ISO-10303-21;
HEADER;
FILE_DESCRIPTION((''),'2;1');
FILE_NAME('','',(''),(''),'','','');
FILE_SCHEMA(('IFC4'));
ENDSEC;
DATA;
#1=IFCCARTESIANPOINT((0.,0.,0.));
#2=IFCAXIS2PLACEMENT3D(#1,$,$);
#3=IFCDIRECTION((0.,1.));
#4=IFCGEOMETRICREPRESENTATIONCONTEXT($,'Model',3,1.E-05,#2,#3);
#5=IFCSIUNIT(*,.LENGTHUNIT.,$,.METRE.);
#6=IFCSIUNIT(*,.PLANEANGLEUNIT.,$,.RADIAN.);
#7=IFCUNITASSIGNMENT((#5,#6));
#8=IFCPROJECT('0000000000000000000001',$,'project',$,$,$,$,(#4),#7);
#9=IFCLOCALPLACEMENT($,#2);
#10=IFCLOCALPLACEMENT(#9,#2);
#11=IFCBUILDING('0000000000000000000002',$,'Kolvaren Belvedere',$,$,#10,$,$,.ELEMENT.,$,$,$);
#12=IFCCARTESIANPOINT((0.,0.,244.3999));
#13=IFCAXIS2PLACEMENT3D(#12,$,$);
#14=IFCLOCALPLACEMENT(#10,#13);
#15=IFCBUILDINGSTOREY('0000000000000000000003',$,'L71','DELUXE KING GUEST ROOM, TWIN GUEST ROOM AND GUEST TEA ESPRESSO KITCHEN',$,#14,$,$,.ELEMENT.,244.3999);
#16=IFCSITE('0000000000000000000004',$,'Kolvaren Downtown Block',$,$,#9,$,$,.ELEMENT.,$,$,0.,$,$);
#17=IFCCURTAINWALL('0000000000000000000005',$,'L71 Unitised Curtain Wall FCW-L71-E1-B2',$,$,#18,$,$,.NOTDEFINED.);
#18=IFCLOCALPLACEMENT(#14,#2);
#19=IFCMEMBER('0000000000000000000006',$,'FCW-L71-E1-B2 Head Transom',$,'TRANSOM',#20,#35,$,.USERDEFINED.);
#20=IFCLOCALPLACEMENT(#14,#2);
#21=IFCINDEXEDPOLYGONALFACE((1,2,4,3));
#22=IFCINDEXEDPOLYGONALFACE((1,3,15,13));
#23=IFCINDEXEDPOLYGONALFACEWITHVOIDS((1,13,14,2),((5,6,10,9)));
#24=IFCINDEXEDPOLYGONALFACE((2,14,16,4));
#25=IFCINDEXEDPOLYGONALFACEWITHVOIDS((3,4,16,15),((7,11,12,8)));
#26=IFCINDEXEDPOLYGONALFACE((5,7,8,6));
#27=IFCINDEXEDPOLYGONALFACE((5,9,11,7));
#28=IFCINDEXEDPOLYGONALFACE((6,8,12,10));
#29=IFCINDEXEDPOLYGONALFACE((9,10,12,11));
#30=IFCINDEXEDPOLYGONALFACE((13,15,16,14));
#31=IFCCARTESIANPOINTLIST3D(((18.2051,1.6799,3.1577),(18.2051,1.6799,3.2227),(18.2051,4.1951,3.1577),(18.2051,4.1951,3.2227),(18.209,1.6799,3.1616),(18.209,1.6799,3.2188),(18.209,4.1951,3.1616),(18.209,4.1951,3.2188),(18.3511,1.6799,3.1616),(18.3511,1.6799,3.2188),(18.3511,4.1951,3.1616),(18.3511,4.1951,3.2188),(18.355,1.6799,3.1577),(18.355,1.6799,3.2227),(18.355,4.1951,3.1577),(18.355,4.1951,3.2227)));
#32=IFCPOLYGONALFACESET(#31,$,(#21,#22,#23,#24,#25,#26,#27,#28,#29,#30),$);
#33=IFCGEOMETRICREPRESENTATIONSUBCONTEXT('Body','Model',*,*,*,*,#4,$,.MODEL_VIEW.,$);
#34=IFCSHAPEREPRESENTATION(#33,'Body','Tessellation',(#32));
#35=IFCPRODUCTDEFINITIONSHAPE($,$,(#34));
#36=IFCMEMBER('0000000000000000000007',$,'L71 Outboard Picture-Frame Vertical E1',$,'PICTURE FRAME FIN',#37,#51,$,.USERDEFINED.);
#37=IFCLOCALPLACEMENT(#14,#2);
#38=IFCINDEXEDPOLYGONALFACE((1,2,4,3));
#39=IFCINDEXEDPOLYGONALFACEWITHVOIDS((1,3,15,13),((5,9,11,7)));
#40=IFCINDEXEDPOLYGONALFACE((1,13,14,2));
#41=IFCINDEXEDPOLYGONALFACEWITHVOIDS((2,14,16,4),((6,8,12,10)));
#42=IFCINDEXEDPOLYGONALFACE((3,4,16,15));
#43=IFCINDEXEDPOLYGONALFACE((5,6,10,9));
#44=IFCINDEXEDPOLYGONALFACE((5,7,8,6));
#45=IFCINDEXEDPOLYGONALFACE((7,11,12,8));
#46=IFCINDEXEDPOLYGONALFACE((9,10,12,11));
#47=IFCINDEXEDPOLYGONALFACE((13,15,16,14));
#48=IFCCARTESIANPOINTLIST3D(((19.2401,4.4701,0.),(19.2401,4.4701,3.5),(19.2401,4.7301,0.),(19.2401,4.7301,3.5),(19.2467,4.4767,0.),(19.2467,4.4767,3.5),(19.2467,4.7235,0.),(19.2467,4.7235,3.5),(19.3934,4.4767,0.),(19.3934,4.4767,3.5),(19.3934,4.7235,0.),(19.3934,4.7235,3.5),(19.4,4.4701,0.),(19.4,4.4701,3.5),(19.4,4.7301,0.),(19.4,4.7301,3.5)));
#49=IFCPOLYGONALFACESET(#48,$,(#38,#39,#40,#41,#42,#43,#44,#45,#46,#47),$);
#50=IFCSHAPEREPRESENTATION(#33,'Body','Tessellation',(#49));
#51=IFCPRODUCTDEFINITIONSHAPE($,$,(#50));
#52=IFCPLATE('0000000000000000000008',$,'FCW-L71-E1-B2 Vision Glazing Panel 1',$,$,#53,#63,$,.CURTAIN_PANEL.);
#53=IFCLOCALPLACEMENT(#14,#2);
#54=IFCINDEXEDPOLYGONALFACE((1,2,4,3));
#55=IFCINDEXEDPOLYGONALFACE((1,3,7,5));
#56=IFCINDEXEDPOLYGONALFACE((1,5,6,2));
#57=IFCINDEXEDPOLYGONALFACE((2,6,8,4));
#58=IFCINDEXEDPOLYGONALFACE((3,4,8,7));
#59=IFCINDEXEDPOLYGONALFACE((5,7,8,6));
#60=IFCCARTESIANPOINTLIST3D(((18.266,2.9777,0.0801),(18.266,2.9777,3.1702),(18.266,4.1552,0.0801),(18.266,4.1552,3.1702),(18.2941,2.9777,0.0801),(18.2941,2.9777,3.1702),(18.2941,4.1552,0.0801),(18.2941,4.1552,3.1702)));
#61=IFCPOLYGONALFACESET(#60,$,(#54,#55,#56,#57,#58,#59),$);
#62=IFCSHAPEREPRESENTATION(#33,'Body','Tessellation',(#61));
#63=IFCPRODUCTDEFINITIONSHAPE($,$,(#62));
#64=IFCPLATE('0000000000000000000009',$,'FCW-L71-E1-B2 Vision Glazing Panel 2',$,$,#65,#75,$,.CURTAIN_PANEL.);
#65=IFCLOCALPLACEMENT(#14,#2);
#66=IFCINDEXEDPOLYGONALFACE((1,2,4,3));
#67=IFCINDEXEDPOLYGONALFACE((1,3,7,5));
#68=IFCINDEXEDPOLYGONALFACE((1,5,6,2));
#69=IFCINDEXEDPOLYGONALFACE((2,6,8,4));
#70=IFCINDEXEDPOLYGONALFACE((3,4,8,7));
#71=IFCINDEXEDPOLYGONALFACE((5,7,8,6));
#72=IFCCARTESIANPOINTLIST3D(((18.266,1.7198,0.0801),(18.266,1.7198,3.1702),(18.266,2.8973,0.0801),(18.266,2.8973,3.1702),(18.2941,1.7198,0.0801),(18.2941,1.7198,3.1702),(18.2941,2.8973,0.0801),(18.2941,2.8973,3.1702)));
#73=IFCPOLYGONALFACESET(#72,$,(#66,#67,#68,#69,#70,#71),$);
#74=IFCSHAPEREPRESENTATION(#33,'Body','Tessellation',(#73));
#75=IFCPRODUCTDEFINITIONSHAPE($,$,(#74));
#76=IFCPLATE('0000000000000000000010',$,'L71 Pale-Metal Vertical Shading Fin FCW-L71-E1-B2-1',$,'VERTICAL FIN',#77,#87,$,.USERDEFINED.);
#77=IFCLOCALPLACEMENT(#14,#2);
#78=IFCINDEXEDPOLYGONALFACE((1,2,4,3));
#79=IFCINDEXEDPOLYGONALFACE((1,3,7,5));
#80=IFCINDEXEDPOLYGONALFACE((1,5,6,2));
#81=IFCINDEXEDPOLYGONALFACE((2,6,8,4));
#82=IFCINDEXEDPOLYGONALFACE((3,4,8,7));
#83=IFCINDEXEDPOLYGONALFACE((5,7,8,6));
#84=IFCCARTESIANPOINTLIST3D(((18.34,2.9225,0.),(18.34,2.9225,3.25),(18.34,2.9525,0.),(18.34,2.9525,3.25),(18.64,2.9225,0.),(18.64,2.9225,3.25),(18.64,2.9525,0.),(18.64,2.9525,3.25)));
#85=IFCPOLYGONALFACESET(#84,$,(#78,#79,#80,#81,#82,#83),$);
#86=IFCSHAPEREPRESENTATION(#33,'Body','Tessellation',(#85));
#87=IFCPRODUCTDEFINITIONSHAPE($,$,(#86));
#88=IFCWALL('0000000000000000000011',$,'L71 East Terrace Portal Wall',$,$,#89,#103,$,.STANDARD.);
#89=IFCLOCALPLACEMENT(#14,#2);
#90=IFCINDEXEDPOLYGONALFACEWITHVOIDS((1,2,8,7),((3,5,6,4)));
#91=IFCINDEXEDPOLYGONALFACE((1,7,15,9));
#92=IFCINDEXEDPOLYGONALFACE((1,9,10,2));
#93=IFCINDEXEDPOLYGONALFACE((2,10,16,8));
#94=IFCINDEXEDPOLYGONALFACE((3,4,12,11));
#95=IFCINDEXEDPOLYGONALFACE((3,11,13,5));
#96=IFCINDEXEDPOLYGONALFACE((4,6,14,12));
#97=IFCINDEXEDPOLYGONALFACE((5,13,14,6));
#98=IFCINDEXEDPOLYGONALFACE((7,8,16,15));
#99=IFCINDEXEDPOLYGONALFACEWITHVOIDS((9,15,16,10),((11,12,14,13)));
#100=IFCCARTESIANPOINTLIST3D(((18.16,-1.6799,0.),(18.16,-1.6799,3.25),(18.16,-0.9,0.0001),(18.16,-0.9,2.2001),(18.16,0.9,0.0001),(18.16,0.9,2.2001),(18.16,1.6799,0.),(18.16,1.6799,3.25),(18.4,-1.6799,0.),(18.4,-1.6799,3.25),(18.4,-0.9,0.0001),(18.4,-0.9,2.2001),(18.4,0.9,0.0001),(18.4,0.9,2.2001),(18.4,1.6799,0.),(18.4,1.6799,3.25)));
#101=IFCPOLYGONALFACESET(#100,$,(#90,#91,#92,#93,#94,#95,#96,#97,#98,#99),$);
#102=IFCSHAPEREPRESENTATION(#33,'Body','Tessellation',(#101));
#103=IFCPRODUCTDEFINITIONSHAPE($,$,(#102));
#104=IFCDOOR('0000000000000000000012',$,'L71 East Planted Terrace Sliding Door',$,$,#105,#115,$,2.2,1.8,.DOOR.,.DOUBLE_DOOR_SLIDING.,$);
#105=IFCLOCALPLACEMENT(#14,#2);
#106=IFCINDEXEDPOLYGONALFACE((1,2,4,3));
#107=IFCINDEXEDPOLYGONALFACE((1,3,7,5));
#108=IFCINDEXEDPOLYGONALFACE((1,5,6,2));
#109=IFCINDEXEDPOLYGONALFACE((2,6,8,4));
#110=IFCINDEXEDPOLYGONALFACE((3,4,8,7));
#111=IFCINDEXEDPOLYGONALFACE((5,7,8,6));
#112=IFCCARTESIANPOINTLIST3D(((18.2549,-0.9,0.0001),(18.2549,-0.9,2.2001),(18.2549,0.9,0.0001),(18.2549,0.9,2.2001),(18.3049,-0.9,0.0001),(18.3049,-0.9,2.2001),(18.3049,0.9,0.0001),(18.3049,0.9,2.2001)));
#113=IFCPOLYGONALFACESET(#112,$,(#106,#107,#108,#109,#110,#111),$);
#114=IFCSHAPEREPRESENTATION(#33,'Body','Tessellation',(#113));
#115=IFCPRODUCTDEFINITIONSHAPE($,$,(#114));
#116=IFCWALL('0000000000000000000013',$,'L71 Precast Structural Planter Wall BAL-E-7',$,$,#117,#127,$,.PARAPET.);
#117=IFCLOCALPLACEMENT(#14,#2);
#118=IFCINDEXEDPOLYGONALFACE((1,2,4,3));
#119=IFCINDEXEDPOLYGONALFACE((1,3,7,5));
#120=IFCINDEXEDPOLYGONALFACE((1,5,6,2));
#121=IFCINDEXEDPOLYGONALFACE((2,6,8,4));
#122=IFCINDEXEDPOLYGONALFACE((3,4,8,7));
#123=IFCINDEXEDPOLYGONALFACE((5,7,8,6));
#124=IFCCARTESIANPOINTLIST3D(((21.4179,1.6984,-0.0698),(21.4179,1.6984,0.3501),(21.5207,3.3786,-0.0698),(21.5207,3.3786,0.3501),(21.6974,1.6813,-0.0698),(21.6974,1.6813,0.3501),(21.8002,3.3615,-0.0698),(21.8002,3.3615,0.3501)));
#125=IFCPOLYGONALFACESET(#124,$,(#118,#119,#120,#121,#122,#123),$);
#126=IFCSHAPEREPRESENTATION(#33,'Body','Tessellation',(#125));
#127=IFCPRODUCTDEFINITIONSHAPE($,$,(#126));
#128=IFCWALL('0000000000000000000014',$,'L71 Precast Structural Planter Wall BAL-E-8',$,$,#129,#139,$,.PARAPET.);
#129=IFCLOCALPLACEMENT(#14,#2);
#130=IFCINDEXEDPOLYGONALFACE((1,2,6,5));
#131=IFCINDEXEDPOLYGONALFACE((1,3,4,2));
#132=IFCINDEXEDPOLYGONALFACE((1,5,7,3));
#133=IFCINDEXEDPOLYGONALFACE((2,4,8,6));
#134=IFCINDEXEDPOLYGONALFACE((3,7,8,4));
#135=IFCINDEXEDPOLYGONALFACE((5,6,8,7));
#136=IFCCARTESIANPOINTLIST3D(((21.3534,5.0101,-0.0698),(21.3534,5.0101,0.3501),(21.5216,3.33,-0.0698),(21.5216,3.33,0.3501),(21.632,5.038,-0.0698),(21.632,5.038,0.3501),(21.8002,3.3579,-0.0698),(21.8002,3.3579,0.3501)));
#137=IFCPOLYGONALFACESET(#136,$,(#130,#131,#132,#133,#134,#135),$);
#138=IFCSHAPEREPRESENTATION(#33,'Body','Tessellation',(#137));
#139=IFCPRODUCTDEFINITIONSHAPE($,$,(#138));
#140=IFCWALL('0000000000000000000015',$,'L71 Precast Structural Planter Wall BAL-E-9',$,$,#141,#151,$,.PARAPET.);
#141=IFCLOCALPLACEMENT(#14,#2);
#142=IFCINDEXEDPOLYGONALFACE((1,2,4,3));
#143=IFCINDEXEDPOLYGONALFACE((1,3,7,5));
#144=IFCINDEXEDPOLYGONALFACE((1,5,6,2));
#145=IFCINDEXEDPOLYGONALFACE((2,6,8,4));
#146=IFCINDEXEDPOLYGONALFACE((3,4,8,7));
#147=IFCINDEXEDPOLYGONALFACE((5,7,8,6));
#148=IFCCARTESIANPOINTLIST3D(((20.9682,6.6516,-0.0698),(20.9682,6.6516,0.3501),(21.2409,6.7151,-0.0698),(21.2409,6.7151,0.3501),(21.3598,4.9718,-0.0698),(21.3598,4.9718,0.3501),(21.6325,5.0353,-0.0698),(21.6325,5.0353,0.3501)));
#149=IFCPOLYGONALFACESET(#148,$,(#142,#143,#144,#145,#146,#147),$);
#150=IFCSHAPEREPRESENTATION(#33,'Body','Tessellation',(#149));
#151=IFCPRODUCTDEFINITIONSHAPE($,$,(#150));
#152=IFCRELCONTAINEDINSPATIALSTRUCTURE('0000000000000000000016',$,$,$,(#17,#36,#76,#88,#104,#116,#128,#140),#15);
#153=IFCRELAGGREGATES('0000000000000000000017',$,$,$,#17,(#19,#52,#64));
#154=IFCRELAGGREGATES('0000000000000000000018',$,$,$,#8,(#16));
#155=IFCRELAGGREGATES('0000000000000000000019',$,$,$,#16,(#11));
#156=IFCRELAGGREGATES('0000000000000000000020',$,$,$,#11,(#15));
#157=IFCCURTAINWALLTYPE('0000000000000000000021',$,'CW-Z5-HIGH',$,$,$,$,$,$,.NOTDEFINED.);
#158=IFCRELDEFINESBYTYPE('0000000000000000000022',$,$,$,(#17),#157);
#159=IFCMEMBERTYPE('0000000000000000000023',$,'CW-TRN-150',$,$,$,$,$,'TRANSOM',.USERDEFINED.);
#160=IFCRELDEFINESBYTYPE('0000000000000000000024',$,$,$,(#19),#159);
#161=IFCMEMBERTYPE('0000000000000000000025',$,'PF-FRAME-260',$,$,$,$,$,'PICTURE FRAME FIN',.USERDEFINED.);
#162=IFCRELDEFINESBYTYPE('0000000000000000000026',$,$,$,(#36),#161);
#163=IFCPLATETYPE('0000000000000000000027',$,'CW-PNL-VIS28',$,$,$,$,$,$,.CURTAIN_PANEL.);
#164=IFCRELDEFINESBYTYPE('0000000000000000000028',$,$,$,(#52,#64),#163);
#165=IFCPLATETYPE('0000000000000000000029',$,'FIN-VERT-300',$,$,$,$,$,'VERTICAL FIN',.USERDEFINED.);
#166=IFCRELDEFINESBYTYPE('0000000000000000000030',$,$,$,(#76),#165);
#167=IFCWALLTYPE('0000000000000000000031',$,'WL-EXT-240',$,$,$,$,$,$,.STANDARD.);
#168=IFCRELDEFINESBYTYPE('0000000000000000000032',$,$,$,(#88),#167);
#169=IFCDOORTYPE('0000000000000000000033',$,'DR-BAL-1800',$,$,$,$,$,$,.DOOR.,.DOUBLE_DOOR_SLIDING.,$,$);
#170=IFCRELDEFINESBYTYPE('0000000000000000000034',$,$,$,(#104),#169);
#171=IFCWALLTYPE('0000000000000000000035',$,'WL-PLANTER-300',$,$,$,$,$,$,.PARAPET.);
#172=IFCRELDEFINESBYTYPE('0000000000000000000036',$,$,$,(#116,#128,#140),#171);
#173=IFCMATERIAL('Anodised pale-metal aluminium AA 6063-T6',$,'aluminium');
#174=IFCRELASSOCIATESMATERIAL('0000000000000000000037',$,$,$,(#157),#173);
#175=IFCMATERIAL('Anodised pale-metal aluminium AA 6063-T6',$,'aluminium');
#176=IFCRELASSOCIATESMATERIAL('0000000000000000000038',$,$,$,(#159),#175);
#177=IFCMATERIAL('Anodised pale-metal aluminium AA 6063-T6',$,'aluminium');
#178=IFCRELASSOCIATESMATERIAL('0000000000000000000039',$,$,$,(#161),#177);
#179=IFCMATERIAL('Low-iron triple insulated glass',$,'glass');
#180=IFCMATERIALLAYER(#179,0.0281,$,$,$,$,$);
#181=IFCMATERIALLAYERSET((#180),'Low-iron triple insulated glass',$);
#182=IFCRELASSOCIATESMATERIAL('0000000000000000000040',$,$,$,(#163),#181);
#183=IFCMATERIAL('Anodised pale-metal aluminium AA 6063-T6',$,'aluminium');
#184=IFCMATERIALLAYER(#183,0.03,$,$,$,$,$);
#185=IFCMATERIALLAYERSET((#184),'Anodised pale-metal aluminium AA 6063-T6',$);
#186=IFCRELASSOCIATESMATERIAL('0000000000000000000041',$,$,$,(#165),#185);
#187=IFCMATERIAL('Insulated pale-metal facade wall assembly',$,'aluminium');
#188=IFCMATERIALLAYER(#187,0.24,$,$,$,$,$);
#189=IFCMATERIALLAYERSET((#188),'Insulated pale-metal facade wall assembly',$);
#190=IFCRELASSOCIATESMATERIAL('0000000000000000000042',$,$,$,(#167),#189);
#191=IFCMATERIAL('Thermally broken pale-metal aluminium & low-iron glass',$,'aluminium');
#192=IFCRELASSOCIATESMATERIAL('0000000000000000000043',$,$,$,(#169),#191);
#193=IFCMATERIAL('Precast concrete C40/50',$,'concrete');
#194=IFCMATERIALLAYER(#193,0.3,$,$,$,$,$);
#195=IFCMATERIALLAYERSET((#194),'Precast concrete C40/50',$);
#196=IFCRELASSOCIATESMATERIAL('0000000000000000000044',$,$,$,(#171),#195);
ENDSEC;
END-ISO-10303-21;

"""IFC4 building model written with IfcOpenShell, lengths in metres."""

from ifc_helpers import new_model, si_unit, direction, frame, frame_2d, origin, origin_2d, place, context, subcontext, project, spatial, rectangle, hollow_rectangle, extrude, material, layer, layer_set, material_profile, profile_set, type_object, element, fill, aggregate, save


model = new_model("IFC4")

# Units and contexts
model_context = context("Model", 3, precision=1e-05, world=origin(), true_north=direction((0.0, 1.0)))
body_context = subcontext(model_context, "Body", "Model", "MODEL_VIEW")
ifc_project = project(units=[si_unit("LENGTHUNIT", "METRE"), si_unit("PLANEANGLEUNIT", "RADIAN")], contexts=[model_context])

# Site, building, storey
site_placement = place(None, origin())
site = spatial("IfcSite", under=ifc_project, at=site_placement, Name="Kolvaren Downtown Block", CompositionType="ELEMENT", RefElevation=0.0)
building_placement = place(site_placement, origin())
building = spatial("IfcBuilding", under=site, at=building_placement, Name="Kolvaren Belvedere", CompositionType="ELEMENT")
storey_placement = place(building_placement, frame((0.0, 0.0, 244.3999)))
storey = spatial("IfcBuildingStorey", under=building, at=storey_placement, Name="L71", Description="DELUXE KING GUEST ROOM, TWIN GUEST ROOM AND GUEST TEA ESPRESSO KITCHEN", CompositionType="ELEMENT", Elevation=244.3999)

# Curtain wall, member
ifc_material_1 = material(Name="Anodised pale-metal aluminium AA 6063-T6", Category="aluminium")
curtain_wall_type = type_object("IfcCurtainWallType", Name="CW-Z5-HIGH", PredefinedType="NOTDEFINED", material=ifc_material_1)
curtain_wall_placement = place(storey_placement, origin())
curtain_wall = element("IfcCurtainWall", 1, at=curtain_wall_placement, inside=storey, type_object=curtain_wall_type, Name="L71 Unitised Curtain Wall FCW-L71-E1-B2", PredefinedType="NOTDEFINED")
ifc_material_2 = material(Name="Anodised pale-metal aluminium AA 6063-T6", Category="aluminium")
ifc_material_profile_1 = material_profile(ifc_material_2, hollow_rectangle(XDim=0.0649, YDim=0.1499, WallThickness=0.0039, at=origin_2d()), Name="ALU-TRN-150X65")
ifc_profile_set_1 = profile_set([ifc_material_profile_1], Name="Anodised pale-metal aluminium AA 6063-T6")
member_type_1 = type_object("IfcMemberType", Name="CW-TRN-150", ElementType="TRANSOM", PredefinedType="USERDEFINED", material=ifc_profile_set_1)
member_1_placement = place(storey_placement, frame((18.28, 4.1951, 3.1902), z_axis=(0.0, -1.0, 0.0), x_axis=(0.0, 0.0, 1.0)))
member_1 = element("IfcMember", 2, at=member_1_placement, type_object=member_type_1, Name="FCW-L71-E1-B2 Head Transom", ObjectType="TRANSOM", PredefinedType="USERDEFINED", context=body_context, shape_type="SweptSolid", body=[
    extrude(hollow_rectangle(XDim=0.0649, YDim=0.1499, WallThickness=0.0039, at=origin_2d()), origin(), (0.0, 0.0, 1.0), 2.5151),
])

# Member
ifc_material_3 = material(Name="Anodised pale-metal aluminium AA 6063-T6", Category="aluminium")
ifc_material_profile_2 = material_profile(ifc_material_3, hollow_rectangle(XDim=0.1599, YDim=0.26, WallThickness=0.0066, at=origin_2d()), Name="ALU-PF-260X160")
ifc_profile_set_2 = profile_set([ifc_material_profile_2], Name="Anodised pale-metal aluminium AA 6063-T6")
member_type_2 = type_object("IfcMemberType", Name="PF-FRAME-260", ElementType="PICTURE FRAME FIN", PredefinedType="USERDEFINED", material=ifc_profile_set_2)
member_2_placement = place(storey_placement, frame((19.3201, 4.6001, 0.0), z_axis=(0.0, 0.0, 1.0), x_axis=(1.0, 0.0, 0.0)))
element("IfcMember", 3, at=member_2_placement, inside=storey, type_object=member_type_2, Name="L71 Outboard Picture-Frame Vertical E1", ObjectType="PICTURE FRAME FIN", PredefinedType="USERDEFINED", context=body_context, shape_type="SweptSolid", body=[
    extrude(hollow_rectangle(XDim=0.1599, YDim=0.26, WallThickness=0.0066, at=origin_2d()), origin(), (0.0, 0.0, 1.0), 3.5),
])

# Plates
ifc_material_4 = material(Name="Low-iron triple insulated glass", Category="glass")
ifc_layer_1 = layer(ifc_material_4, 0.0281)
ifc_layer_set_1 = layer_set([ifc_layer_1], Name="Low-iron triple insulated glass")
plate_type_1 = type_object("IfcPlateType", Name="CW-PNL-VIS28", PredefinedType="CURTAIN_PANEL", material=ifc_layer_set_1)
plate_1_placement = place(storey_placement, frame((18.28, 3.5664, 0.0801), z_axis=(0.0, 0.0, 1.0), x_axis=(0.0, -1.0, 0.0)))
plate_1 = element("IfcPlate", 4, at=plate_1_placement, type_object=plate_type_1, Name="FCW-L71-E1-B2 Vision Glazing Panel 1", PredefinedType="CURTAIN_PANEL", context=body_context, shape_type="SweptSolid", body=[
    extrude(rectangle(XDim=1.1775, YDim=0.0281, at=origin_2d()), origin(), (0.0, 0.0, 1.0), 3.0901),
])
plate_2_placement = place(storey_placement, frame((18.28, 2.3086, 0.0801), z_axis=(0.0, 0.0, 1.0), x_axis=(0.0, -1.0, 0.0)))
plate_2 = element("IfcPlate", 5, at=plate_2_placement, type_object=plate_type_1, Name="FCW-L71-E1-B2 Vision Glazing Panel 2", PredefinedType="CURTAIN_PANEL", context=body_context, shape_type="SweptSolid", body=[
    extrude(rectangle(XDim=1.1775, YDim=0.0281, at=origin_2d()), origin(), (0.0, 0.0, 1.0), 3.0901),
])
aggregate(curtain_wall, [member_1, plate_1, plate_2])
ifc_material_5 = material(Name="Anodised pale-metal aluminium AA 6063-T6", Category="aluminium")
ifc_layer_2 = layer(ifc_material_5, 0.03)
ifc_layer_set_2 = layer_set([ifc_layer_2], Name="Anodised pale-metal aluminium AA 6063-T6")
plate_type_2 = type_object("IfcPlateType", Name="FIN-VERT-300", ElementType="VERTICAL FIN", PredefinedType="USERDEFINED", material=ifc_layer_set_2)
plate_3_placement = place(storey_placement, frame((18.49, 2.9375, 0.0), z_axis=(0.0, 0.0, 1.0), x_axis=(1.0, 0.0, 0.0)))
element("IfcPlate", 6, at=plate_3_placement, inside=storey, type_object=plate_type_2, Name="L71 Pale-Metal Vertical Shading Fin FCW-L71-E1-B2-1", ObjectType="VERTICAL FIN", PredefinedType="USERDEFINED", context=body_context, shape_type="SweptSolid", body=[
    extrude(rectangle(XDim=0.3, YDim=0.03, at=origin_2d()), origin(), (0.0, 0.0, 1.0), 3.25),
])

# Wall, opening, door
ifc_material_6 = material(Name="Insulated pale-metal facade wall assembly", Category="aluminium")
ifc_layer_3 = layer(ifc_material_6, 0.24)
ifc_layer_set_3 = layer_set([ifc_layer_3], Name="Insulated pale-metal facade wall assembly")
wall_type_1 = type_object("IfcWallType", Name="WL-EXT-240", PredefinedType="STANDARD", material=ifc_layer_set_3)
wall_1_placement = place(storey_placement, frame((18.28, 1.6799, 0.0), z_axis=(0.0, 0.0, 1.0), x_axis=(0.0, -1.0, 0.0)))
wall_1 = element("IfcWall", 7, at=wall_1_placement, inside=storey, type_object=wall_type_1, Name="L71 East Terrace Portal Wall", PredefinedType="STANDARD", context=body_context, shape_type="SweptSolid", body=[
    extrude(rectangle(XDim=3.3599, YDim=0.24, at=frame_2d((1.6799, 0.0))), origin(), (0.0, 0.0, 1.0), 3.25),
])
opening_1_placement = place(wall_1_placement, frame((0.78, 0.0, 0.0)))
opening_1 = element("IfcOpeningElement", 8, at=opening_1_placement, cuts=wall_1, PredefinedType="OPENING", context=body_context, shape_type="SweptSolid", body=[
    extrude(rectangle(XDim=1.8, YDim=2.2, at=frame_2d((0.8999, 1.1001))), frame((0.0, 0.1299, 0.0), z_axis=(0.0, -1.0, 0.0), x_axis=(1.0, 0.0, 0.0)), (0.0, 0.0, 1.0), 0.26),
])
ifc_material_7 = material(Name="Thermally broken pale-metal aluminium & low-iron glass", Category="aluminium")
door_type_1 = type_object("IfcDoorType", Name="DR-BAL-1800", OperationType="DOUBLE_DOOR_SLIDING", PredefinedType="DOOR", material=ifc_material_7)
door_1_placement = place(opening_1_placement, origin())
door_1 = element("IfcDoor", 9, at=door_1_placement, inside=storey, type_object=door_type_1, Name="L71 East Planted Terrace Sliding Door", OperationType="DOUBLE_DOOR_SLIDING", OverallHeight=2.2, OverallWidth=1.8, PredefinedType="DOOR", context=body_context, shape_type="SweptSolid", body=[
    extrude(rectangle(XDim=1.8, YDim=2.2, at=frame_2d((0.8999, 1.1001))), frame((0.0, 0.0249, 0.0), z_axis=(0.0, -1.0, 0.0), x_axis=(1.0, 0.0, 0.0)), (0.0, 0.0, 1.0), 0.05),
])
fill(opening_1, door_1)

# Walls
ifc_material_8 = material(Name="Precast concrete C40/50", Category="concrete")
ifc_layer_4 = layer(ifc_material_8, 0.3)
ifc_layer_set_4 = layer_set([ifc_layer_4], Name="Precast concrete C40/50")
wall_type_2 = type_object("IfcWallType", Name="WL-PLANTER-300", PredefinedType="PARAPET", material=ifc_layer_set_4)
wall_2_placement = place(storey_placement, frame((21.5576, 1.6897, -0.0698), z_axis=(0.0, 0.0, 1.0), x_axis=(0.06106, 0.998134, 0.0)))
element("IfcWall", 10, at=wall_2_placement, inside=storey, type_object=wall_type_2, Name="L71 Precast Structural Planter Wall BAL-E-7", PredefinedType="PARAPET", context=body_context, shape_type="SweptSolid", body=[
    extrude(rectangle(XDim=1.6833, YDim=0.28, at=frame_2d((0.8418, 0.0))), origin(), (0.0, 0.0, 1.0), 0.4199),
])
wall_3_placement = place(storey_placement, frame((21.6609, 3.344, -0.0698), z_axis=(0.0, 0.0, 1.0), x_axis=(-0.099618, 0.995026, 0.0)))
element("IfcWall", 11, at=wall_3_placement, inside=storey, type_object=wall_type_2, Name="L71 Precast Structural Planter Wall BAL-E-8", PredefinedType="PARAPET", context=body_context, shape_type="SweptSolid", body=[
    extrude(rectangle(XDim=1.6885, YDim=0.28, at=frame_2d((0.8442, 0.0))), origin(), (0.0, 0.0, 1.0), 0.4199),
])
wall_4_placement = place(storey_placement, frame((21.4961, 5.0037, -0.0698), z_axis=(0.0, 0.0, 1.0), x_axis=(-0.227019, 0.97389, 0.0)))
element("IfcWall", 12, at=wall_4_placement, inside=storey, type_object=wall_type_2, Name="L71 Precast Structural Planter Wall BAL-E-9", PredefinedType="PARAPET", context=body_context, shape_type="SweptSolid", body=[
    extrude(rectangle(XDim=1.7249, YDim=0.28, at=frame_2d((0.8623, 0.0))), origin(), (0.0, 0.0, 1.0), 0.4199),
])

save(model, "model.ifc")
